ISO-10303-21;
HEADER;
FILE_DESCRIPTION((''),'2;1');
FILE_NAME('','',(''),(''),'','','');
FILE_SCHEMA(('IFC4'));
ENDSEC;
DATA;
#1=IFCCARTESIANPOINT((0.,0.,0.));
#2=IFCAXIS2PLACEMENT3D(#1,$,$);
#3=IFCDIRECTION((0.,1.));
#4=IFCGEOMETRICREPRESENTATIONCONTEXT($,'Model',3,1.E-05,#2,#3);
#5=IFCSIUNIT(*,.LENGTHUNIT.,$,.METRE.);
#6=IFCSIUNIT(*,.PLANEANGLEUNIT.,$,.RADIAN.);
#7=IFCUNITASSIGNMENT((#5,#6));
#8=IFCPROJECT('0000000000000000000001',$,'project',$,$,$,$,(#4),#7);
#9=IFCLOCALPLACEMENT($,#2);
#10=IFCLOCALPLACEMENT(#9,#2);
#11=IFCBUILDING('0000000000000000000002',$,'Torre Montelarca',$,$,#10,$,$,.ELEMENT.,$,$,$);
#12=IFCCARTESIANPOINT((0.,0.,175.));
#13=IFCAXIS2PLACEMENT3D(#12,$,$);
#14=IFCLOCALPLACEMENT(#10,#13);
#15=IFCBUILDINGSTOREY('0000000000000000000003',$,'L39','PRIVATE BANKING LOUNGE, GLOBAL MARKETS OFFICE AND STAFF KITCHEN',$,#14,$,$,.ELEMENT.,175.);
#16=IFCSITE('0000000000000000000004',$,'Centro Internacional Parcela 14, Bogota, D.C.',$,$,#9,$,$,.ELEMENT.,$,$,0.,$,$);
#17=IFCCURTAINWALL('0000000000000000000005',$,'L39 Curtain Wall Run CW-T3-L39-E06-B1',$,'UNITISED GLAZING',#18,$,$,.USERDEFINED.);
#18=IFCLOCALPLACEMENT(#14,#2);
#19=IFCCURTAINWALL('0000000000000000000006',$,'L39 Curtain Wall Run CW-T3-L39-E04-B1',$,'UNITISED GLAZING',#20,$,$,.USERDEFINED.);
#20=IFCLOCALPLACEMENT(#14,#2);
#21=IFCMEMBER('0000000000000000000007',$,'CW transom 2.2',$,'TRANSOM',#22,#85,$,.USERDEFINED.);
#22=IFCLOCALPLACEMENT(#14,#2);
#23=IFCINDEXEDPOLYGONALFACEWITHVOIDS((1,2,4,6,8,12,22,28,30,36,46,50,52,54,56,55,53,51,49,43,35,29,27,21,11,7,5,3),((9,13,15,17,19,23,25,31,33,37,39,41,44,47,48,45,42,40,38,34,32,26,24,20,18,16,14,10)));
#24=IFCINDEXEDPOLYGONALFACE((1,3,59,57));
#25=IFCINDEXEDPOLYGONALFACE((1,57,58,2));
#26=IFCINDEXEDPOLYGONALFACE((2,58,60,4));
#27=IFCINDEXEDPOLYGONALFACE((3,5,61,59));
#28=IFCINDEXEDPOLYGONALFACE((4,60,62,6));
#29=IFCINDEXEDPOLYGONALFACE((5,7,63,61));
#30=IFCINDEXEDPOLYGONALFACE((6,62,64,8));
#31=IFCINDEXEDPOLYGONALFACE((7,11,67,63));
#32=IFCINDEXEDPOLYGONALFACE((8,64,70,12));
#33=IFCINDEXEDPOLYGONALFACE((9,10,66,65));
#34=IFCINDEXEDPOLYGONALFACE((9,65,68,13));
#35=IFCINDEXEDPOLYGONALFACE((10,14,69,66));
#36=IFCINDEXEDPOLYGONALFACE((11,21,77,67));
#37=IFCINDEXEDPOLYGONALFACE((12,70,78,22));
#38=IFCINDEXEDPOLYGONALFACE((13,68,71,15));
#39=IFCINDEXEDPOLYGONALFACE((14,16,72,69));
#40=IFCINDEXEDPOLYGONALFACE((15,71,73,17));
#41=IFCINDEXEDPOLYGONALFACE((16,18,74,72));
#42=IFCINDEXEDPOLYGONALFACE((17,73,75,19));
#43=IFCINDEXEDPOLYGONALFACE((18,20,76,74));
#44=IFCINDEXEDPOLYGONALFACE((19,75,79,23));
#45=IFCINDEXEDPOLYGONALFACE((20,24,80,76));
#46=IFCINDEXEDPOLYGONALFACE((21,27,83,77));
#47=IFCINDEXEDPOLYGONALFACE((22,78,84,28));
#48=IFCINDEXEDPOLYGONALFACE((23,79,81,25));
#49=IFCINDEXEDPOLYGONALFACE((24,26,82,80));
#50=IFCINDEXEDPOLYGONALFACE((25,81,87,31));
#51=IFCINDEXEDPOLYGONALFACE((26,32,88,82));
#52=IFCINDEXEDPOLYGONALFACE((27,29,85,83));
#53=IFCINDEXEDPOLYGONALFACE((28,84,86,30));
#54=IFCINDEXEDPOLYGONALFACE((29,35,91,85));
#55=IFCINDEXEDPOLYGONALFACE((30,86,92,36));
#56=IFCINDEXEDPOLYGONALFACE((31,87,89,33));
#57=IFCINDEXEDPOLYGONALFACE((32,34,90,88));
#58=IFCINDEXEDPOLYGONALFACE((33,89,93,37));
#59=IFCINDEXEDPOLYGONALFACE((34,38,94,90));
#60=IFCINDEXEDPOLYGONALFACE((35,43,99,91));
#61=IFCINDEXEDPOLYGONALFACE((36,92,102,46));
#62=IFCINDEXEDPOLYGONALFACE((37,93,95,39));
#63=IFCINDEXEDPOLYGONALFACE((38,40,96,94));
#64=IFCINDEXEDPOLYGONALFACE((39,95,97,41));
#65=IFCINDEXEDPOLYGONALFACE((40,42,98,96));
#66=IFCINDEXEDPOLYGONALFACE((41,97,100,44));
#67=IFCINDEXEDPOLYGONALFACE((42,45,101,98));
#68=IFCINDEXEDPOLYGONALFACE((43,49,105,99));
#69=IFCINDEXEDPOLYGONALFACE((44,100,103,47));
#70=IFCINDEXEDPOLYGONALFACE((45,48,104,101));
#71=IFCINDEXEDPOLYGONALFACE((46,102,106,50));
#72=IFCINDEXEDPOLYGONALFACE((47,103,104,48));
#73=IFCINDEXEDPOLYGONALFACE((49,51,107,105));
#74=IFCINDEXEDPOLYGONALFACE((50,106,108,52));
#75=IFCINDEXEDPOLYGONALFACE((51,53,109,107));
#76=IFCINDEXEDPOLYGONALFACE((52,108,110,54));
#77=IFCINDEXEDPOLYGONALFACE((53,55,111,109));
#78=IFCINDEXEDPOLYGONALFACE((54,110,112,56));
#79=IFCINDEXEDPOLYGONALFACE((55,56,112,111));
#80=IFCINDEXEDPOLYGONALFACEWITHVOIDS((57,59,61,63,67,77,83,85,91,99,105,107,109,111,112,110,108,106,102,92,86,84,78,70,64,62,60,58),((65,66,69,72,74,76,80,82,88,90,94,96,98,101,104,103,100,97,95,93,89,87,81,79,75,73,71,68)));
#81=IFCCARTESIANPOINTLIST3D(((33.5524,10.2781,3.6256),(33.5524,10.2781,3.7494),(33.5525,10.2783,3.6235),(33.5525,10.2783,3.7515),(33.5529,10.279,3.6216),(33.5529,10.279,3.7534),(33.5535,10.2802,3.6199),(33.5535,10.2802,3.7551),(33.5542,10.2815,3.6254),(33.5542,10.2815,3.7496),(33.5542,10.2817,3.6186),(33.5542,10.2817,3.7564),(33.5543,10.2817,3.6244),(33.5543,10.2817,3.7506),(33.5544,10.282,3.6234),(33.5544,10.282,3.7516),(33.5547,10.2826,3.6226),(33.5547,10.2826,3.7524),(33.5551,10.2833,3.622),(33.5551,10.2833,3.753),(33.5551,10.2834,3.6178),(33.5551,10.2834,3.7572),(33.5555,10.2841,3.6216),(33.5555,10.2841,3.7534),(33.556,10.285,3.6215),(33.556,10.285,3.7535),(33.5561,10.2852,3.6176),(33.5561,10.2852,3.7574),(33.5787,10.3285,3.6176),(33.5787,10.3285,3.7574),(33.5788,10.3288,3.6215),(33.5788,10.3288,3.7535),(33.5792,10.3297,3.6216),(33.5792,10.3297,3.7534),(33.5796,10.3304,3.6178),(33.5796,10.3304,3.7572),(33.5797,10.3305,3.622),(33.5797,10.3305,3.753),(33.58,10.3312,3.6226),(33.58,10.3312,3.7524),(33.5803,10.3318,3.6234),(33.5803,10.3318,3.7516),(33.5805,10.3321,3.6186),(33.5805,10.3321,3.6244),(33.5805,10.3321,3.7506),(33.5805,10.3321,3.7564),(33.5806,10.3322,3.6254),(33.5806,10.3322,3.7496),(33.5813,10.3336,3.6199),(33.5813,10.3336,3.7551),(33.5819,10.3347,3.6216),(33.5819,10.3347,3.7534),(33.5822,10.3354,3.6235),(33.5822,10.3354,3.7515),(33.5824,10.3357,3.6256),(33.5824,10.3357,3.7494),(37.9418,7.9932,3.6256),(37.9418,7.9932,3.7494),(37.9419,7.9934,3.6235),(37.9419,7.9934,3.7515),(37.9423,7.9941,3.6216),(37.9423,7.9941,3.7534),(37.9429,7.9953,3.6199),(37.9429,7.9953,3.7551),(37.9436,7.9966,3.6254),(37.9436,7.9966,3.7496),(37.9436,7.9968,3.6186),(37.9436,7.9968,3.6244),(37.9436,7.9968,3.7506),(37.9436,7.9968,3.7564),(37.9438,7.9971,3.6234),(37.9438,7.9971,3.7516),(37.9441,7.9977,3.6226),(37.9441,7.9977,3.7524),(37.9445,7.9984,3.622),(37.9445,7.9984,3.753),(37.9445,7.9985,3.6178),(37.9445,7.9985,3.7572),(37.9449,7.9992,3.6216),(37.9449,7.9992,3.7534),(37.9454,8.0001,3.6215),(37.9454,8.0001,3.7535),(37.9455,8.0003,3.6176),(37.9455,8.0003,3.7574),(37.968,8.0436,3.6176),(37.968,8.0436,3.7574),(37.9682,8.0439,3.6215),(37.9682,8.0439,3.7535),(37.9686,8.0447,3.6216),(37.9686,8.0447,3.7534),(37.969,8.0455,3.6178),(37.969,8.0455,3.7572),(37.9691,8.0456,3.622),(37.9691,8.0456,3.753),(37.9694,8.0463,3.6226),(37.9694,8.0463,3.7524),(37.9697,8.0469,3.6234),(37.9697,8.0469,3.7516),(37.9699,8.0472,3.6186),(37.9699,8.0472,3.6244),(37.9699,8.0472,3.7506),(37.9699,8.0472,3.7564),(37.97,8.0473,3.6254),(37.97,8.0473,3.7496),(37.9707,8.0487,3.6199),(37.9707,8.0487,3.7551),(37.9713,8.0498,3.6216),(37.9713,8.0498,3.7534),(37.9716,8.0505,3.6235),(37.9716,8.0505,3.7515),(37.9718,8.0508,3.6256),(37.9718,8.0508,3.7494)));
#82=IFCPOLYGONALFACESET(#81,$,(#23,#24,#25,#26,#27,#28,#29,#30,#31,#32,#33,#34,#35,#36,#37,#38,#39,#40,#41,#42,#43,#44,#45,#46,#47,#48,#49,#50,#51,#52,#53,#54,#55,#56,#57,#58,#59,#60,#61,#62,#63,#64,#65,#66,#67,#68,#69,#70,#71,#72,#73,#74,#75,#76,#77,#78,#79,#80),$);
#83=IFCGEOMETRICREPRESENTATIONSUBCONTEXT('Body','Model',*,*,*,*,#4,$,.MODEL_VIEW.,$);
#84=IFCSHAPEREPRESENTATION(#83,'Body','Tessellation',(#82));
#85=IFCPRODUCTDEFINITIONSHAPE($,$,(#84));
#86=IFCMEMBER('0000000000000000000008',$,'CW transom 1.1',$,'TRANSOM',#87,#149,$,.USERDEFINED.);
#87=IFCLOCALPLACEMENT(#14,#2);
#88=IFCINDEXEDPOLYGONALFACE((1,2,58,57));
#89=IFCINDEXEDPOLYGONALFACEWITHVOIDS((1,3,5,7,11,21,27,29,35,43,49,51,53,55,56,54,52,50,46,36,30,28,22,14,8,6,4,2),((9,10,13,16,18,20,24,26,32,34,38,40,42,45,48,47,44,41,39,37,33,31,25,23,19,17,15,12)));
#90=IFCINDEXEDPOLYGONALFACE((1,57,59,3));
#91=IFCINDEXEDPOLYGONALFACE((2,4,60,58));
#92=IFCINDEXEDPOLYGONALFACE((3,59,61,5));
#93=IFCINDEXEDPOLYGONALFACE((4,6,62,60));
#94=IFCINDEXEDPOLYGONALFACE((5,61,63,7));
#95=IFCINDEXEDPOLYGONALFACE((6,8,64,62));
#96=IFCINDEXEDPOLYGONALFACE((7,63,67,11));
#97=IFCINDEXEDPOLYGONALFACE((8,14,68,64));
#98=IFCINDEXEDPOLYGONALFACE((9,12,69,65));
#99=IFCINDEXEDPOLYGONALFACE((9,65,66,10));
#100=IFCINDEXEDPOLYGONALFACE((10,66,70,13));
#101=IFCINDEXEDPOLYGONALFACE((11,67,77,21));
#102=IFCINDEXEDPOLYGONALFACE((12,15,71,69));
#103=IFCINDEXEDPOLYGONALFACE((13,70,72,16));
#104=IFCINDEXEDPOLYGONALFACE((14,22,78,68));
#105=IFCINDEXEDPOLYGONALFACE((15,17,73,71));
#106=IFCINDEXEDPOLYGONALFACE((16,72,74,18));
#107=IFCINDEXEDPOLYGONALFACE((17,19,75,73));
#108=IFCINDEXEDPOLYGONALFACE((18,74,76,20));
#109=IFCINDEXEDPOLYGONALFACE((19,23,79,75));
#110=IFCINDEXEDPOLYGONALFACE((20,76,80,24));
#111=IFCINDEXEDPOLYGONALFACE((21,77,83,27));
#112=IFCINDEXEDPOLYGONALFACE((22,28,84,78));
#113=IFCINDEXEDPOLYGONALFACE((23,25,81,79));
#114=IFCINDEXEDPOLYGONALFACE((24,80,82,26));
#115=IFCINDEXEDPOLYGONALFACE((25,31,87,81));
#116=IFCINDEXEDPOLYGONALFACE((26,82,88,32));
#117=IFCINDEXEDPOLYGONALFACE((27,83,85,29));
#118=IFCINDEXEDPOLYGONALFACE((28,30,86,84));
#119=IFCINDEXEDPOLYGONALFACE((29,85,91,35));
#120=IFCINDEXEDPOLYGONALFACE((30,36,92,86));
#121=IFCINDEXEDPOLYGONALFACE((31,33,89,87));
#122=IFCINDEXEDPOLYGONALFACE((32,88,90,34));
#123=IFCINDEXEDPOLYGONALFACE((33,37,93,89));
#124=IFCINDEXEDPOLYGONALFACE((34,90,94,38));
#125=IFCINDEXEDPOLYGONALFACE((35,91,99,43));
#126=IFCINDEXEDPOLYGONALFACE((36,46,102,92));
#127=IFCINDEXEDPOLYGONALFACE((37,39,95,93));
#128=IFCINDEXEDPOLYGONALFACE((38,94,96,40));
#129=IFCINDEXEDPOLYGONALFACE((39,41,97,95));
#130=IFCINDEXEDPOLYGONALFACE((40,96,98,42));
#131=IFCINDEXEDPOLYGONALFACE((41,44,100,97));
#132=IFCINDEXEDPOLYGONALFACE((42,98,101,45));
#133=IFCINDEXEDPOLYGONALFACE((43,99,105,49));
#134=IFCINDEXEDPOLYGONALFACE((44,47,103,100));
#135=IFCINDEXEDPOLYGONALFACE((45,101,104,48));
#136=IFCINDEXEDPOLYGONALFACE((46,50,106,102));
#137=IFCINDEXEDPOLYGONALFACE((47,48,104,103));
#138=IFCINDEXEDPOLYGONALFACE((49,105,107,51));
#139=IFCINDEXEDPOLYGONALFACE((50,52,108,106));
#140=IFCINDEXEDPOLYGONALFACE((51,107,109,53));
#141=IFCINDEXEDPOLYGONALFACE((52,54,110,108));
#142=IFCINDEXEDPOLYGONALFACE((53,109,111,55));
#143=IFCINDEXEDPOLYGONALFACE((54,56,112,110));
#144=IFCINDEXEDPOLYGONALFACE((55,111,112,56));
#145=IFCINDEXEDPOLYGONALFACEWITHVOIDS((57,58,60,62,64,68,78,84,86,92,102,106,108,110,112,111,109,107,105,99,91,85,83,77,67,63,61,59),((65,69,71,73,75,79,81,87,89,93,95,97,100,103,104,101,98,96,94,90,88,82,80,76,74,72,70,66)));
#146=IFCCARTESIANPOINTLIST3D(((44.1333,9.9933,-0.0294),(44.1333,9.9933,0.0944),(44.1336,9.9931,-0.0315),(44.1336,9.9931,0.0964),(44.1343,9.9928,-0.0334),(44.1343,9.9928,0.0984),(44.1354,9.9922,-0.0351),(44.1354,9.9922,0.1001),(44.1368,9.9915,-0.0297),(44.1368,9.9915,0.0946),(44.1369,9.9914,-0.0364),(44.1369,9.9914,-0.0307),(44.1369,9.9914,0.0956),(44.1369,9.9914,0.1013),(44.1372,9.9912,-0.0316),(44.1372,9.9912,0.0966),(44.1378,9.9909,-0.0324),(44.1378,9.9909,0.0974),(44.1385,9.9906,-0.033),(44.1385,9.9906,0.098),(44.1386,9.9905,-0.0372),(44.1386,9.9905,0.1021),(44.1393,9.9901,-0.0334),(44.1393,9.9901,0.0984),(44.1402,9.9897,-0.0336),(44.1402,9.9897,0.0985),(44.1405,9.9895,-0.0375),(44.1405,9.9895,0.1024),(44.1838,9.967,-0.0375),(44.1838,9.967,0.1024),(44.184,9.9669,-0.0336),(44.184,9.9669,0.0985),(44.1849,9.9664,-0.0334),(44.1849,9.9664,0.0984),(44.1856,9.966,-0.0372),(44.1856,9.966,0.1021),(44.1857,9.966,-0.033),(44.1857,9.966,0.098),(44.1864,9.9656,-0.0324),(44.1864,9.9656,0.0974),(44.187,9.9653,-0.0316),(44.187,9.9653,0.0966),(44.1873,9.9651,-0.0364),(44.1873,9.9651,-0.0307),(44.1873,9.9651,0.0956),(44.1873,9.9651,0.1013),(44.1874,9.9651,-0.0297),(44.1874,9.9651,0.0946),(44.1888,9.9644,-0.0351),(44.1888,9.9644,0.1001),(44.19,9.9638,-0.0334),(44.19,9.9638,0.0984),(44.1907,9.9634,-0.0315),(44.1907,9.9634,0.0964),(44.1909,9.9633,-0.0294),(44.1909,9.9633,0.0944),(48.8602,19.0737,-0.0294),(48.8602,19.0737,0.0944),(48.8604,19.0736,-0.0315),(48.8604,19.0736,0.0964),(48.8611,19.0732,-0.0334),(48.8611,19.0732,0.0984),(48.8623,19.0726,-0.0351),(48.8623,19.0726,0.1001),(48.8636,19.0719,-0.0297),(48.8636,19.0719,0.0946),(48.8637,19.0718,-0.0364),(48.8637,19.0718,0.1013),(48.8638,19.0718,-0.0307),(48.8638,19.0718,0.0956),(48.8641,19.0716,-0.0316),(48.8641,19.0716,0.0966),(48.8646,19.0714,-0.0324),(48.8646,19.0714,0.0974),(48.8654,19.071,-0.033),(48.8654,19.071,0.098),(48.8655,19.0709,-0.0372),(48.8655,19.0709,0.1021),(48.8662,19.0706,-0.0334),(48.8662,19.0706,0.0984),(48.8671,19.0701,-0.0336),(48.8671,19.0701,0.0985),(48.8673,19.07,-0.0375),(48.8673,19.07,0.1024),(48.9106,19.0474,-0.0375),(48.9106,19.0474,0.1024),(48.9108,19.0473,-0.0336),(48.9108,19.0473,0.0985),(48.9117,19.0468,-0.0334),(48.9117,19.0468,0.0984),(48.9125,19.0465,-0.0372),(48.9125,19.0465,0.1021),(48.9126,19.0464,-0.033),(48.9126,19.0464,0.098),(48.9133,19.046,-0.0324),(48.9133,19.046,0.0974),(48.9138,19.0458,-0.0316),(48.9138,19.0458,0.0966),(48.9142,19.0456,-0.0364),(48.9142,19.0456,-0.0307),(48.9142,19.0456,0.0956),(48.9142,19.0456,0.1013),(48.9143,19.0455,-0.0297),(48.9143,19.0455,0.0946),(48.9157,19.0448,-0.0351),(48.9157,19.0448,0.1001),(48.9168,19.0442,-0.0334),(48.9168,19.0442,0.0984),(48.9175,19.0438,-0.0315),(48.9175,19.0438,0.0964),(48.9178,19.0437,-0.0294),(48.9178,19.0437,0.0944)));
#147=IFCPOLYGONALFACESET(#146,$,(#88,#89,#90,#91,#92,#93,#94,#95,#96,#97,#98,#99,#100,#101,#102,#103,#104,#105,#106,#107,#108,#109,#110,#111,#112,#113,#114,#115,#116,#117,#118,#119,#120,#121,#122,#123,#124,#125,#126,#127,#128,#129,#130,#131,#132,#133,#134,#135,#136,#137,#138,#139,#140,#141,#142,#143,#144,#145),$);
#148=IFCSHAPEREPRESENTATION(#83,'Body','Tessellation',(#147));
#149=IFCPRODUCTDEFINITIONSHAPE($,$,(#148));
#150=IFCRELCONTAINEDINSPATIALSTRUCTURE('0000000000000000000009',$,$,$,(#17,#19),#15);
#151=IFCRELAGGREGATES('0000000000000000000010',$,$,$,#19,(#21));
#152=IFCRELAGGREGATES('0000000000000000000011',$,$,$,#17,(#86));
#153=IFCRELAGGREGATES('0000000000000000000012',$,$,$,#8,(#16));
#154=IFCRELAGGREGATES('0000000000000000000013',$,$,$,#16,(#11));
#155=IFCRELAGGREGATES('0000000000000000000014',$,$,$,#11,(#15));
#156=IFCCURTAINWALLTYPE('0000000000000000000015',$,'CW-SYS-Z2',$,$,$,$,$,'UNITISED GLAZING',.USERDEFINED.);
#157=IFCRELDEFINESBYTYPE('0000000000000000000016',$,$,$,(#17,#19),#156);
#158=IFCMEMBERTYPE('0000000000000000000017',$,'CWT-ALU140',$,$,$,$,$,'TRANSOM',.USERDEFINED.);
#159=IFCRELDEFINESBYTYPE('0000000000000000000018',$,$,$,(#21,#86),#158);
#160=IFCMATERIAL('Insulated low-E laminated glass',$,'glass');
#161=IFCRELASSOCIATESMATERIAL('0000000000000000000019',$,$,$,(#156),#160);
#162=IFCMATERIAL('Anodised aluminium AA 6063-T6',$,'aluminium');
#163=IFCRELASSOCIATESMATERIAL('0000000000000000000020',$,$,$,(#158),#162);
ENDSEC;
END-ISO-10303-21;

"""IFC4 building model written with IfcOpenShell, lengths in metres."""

from ifc_helpers import new_model, si_unit, direction, frame, origin, origin_2d, place, context, subcontext, project, spatial, hollow_rectangle, extrude, source, transform, mapped, material, material_profile, profile_set, type_object, element, aggregate, save


model = new_model("IFC4")

# Units and contexts
model_context = context("Model", 3, precision=1e-05, world=origin(), true_north=direction((0.0, 1.0)))
body_context = subcontext(model_context, "Body", "Model", "MODEL_VIEW")
ifc_project = project(units=[si_unit("LENGTHUNIT", "METRE"), si_unit("PLANEANGLEUNIT", "RADIAN")], contexts=[model_context])

# Site, building, storey
site_placement = place(None, origin())
site = spatial("IfcSite", under=ifc_project, at=site_placement, Name="Centro Internacional Parcela 14, Bogota, D.C.", CompositionType="ELEMENT", RefElevation=0.0)
building_placement = place(site_placement, origin())
building = spatial("IfcBuilding", under=site, at=building_placement, Name="Torre Montelarca", CompositionType="ELEMENT")
storey_placement = place(building_placement, frame((0.0, 0.0, 175.0)))
storey = spatial("IfcBuildingStorey", under=building, at=storey_placement, Name="L39", Description="PRIVATE BANKING LOUNGE, GLOBAL MARKETS OFFICE AND STAFF KITCHEN", CompositionType="ELEMENT", Elevation=175.0)

# Curtain wall
ifc_material_1 = material(Name="Insulated low-E laminated glass", Category="glass")
curtain_wall_type = type_object("IfcCurtainWallType", Name="CW-SYS-Z2", ElementType="UNITISED GLAZING", PredefinedType="USERDEFINED", material=ifc_material_1)
ifc_material_2 = material(Name="Anodised aluminium AA 6063-T6", Category="aluminium")
ifc_material_profile_1 = material_profile(ifc_material_2, hollow_rectangle(XDim=0.0649, YDim=0.1399, WallThickness=0.0039, InnerFilletRadius=0.0039, OuterFilletRadius=0.0081, at=origin_2d()), Name="ALU65X140X4", Category="aluminium")
ifc_profile_set_1 = profile_set([ifc_material_profile_1], Name="Anodised aluminium AA 6063-T6")
member_type_1 = type_object("IfcMemberType", Name="CWT-ALU140", ElementType="TRANSOM", PredefinedType="USERDEFINED", material=ifc_profile_set_1)
curtain_wall_1_placement = place(storey_placement, origin())
curtain_wall_1 = element("IfcCurtainWall", 1, at=curtain_wall_1_placement, inside=storey, type_object=curtain_wall_type, Name="L39 Curtain Wall Run CW-T3-L39-E06-B1", ObjectType="UNITISED GLAZING", PredefinedType="USERDEFINED")

# Curtain wall
curtain_wall_2_placement = place(storey_placement, origin())
curtain_wall_2 = element("IfcCurtainWall", 2, at=curtain_wall_2_placement, inside=storey, type_object=curtain_wall_type, Name="L39 Curtain Wall Run CW-T3-L39-E04-B1", ObjectType="UNITISED GLAZING", PredefinedType="USERDEFINED")

# Members
shared_shape_1 = source(origin(), body_context, "Body", "SweptSolid", [
    extrude(hollow_rectangle(XDim=0.0649, YDim=0.1399, WallThickness=0.0039, InnerFilletRadius=0.0039, OuterFilletRadius=0.0081, at=origin_2d()), origin(), (0.0, 0.0, 1.0), 4.9485),
])
member_1_placement = place(storey_placement, frame((33.5674, 10.3069, 3.6875), z_axis=(0.887016, -0.461738, 0.0), x_axis=(0.461738, 0.887016, 0.0)))
member_1 = element("IfcMember", 3, at=member_1_placement, type_object=member_type_1, Name="CW transom 2.2", ObjectType="TRANSOM", PredefinedType="USERDEFINED", context=body_context, shape_type="MappedRepresentation", body=[
    mapped(shared_shape_1, transform((0.0, 0.0, 0.0), scale=1.0)),
])
shared_shape_2 = source(origin(), body_context, "Body", "SweptSolid", [
    extrude(hollow_rectangle(XDim=0.0649, YDim=0.1399, WallThickness=0.0039, InnerFilletRadius=0.0039, OuterFilletRadius=0.0081, at=origin_2d()), origin(), (0.0, 0.0, 1.0), 10.2371),
])
member_2_placement = place(storey_placement, frame((44.1621, 9.9783, 0.0325), z_axis=(0.46174, 0.887015, 0.0), x_axis=(-0.887015, 0.46174, 0.0)))
member_2 = element("IfcMember", 4, at=member_2_placement, type_object=member_type_1, Name="CW transom 1.1", ObjectType="TRANSOM", PredefinedType="USERDEFINED", context=body_context, shape_type="MappedRepresentation", body=[
    mapped(shared_shape_2, transform((0.0, 0.0, 0.0), scale=1.0)),
])

aggregate(curtain_wall_2, [member_1])
aggregate(curtain_wall_1, [member_2])

save(model, "model.ifc")
